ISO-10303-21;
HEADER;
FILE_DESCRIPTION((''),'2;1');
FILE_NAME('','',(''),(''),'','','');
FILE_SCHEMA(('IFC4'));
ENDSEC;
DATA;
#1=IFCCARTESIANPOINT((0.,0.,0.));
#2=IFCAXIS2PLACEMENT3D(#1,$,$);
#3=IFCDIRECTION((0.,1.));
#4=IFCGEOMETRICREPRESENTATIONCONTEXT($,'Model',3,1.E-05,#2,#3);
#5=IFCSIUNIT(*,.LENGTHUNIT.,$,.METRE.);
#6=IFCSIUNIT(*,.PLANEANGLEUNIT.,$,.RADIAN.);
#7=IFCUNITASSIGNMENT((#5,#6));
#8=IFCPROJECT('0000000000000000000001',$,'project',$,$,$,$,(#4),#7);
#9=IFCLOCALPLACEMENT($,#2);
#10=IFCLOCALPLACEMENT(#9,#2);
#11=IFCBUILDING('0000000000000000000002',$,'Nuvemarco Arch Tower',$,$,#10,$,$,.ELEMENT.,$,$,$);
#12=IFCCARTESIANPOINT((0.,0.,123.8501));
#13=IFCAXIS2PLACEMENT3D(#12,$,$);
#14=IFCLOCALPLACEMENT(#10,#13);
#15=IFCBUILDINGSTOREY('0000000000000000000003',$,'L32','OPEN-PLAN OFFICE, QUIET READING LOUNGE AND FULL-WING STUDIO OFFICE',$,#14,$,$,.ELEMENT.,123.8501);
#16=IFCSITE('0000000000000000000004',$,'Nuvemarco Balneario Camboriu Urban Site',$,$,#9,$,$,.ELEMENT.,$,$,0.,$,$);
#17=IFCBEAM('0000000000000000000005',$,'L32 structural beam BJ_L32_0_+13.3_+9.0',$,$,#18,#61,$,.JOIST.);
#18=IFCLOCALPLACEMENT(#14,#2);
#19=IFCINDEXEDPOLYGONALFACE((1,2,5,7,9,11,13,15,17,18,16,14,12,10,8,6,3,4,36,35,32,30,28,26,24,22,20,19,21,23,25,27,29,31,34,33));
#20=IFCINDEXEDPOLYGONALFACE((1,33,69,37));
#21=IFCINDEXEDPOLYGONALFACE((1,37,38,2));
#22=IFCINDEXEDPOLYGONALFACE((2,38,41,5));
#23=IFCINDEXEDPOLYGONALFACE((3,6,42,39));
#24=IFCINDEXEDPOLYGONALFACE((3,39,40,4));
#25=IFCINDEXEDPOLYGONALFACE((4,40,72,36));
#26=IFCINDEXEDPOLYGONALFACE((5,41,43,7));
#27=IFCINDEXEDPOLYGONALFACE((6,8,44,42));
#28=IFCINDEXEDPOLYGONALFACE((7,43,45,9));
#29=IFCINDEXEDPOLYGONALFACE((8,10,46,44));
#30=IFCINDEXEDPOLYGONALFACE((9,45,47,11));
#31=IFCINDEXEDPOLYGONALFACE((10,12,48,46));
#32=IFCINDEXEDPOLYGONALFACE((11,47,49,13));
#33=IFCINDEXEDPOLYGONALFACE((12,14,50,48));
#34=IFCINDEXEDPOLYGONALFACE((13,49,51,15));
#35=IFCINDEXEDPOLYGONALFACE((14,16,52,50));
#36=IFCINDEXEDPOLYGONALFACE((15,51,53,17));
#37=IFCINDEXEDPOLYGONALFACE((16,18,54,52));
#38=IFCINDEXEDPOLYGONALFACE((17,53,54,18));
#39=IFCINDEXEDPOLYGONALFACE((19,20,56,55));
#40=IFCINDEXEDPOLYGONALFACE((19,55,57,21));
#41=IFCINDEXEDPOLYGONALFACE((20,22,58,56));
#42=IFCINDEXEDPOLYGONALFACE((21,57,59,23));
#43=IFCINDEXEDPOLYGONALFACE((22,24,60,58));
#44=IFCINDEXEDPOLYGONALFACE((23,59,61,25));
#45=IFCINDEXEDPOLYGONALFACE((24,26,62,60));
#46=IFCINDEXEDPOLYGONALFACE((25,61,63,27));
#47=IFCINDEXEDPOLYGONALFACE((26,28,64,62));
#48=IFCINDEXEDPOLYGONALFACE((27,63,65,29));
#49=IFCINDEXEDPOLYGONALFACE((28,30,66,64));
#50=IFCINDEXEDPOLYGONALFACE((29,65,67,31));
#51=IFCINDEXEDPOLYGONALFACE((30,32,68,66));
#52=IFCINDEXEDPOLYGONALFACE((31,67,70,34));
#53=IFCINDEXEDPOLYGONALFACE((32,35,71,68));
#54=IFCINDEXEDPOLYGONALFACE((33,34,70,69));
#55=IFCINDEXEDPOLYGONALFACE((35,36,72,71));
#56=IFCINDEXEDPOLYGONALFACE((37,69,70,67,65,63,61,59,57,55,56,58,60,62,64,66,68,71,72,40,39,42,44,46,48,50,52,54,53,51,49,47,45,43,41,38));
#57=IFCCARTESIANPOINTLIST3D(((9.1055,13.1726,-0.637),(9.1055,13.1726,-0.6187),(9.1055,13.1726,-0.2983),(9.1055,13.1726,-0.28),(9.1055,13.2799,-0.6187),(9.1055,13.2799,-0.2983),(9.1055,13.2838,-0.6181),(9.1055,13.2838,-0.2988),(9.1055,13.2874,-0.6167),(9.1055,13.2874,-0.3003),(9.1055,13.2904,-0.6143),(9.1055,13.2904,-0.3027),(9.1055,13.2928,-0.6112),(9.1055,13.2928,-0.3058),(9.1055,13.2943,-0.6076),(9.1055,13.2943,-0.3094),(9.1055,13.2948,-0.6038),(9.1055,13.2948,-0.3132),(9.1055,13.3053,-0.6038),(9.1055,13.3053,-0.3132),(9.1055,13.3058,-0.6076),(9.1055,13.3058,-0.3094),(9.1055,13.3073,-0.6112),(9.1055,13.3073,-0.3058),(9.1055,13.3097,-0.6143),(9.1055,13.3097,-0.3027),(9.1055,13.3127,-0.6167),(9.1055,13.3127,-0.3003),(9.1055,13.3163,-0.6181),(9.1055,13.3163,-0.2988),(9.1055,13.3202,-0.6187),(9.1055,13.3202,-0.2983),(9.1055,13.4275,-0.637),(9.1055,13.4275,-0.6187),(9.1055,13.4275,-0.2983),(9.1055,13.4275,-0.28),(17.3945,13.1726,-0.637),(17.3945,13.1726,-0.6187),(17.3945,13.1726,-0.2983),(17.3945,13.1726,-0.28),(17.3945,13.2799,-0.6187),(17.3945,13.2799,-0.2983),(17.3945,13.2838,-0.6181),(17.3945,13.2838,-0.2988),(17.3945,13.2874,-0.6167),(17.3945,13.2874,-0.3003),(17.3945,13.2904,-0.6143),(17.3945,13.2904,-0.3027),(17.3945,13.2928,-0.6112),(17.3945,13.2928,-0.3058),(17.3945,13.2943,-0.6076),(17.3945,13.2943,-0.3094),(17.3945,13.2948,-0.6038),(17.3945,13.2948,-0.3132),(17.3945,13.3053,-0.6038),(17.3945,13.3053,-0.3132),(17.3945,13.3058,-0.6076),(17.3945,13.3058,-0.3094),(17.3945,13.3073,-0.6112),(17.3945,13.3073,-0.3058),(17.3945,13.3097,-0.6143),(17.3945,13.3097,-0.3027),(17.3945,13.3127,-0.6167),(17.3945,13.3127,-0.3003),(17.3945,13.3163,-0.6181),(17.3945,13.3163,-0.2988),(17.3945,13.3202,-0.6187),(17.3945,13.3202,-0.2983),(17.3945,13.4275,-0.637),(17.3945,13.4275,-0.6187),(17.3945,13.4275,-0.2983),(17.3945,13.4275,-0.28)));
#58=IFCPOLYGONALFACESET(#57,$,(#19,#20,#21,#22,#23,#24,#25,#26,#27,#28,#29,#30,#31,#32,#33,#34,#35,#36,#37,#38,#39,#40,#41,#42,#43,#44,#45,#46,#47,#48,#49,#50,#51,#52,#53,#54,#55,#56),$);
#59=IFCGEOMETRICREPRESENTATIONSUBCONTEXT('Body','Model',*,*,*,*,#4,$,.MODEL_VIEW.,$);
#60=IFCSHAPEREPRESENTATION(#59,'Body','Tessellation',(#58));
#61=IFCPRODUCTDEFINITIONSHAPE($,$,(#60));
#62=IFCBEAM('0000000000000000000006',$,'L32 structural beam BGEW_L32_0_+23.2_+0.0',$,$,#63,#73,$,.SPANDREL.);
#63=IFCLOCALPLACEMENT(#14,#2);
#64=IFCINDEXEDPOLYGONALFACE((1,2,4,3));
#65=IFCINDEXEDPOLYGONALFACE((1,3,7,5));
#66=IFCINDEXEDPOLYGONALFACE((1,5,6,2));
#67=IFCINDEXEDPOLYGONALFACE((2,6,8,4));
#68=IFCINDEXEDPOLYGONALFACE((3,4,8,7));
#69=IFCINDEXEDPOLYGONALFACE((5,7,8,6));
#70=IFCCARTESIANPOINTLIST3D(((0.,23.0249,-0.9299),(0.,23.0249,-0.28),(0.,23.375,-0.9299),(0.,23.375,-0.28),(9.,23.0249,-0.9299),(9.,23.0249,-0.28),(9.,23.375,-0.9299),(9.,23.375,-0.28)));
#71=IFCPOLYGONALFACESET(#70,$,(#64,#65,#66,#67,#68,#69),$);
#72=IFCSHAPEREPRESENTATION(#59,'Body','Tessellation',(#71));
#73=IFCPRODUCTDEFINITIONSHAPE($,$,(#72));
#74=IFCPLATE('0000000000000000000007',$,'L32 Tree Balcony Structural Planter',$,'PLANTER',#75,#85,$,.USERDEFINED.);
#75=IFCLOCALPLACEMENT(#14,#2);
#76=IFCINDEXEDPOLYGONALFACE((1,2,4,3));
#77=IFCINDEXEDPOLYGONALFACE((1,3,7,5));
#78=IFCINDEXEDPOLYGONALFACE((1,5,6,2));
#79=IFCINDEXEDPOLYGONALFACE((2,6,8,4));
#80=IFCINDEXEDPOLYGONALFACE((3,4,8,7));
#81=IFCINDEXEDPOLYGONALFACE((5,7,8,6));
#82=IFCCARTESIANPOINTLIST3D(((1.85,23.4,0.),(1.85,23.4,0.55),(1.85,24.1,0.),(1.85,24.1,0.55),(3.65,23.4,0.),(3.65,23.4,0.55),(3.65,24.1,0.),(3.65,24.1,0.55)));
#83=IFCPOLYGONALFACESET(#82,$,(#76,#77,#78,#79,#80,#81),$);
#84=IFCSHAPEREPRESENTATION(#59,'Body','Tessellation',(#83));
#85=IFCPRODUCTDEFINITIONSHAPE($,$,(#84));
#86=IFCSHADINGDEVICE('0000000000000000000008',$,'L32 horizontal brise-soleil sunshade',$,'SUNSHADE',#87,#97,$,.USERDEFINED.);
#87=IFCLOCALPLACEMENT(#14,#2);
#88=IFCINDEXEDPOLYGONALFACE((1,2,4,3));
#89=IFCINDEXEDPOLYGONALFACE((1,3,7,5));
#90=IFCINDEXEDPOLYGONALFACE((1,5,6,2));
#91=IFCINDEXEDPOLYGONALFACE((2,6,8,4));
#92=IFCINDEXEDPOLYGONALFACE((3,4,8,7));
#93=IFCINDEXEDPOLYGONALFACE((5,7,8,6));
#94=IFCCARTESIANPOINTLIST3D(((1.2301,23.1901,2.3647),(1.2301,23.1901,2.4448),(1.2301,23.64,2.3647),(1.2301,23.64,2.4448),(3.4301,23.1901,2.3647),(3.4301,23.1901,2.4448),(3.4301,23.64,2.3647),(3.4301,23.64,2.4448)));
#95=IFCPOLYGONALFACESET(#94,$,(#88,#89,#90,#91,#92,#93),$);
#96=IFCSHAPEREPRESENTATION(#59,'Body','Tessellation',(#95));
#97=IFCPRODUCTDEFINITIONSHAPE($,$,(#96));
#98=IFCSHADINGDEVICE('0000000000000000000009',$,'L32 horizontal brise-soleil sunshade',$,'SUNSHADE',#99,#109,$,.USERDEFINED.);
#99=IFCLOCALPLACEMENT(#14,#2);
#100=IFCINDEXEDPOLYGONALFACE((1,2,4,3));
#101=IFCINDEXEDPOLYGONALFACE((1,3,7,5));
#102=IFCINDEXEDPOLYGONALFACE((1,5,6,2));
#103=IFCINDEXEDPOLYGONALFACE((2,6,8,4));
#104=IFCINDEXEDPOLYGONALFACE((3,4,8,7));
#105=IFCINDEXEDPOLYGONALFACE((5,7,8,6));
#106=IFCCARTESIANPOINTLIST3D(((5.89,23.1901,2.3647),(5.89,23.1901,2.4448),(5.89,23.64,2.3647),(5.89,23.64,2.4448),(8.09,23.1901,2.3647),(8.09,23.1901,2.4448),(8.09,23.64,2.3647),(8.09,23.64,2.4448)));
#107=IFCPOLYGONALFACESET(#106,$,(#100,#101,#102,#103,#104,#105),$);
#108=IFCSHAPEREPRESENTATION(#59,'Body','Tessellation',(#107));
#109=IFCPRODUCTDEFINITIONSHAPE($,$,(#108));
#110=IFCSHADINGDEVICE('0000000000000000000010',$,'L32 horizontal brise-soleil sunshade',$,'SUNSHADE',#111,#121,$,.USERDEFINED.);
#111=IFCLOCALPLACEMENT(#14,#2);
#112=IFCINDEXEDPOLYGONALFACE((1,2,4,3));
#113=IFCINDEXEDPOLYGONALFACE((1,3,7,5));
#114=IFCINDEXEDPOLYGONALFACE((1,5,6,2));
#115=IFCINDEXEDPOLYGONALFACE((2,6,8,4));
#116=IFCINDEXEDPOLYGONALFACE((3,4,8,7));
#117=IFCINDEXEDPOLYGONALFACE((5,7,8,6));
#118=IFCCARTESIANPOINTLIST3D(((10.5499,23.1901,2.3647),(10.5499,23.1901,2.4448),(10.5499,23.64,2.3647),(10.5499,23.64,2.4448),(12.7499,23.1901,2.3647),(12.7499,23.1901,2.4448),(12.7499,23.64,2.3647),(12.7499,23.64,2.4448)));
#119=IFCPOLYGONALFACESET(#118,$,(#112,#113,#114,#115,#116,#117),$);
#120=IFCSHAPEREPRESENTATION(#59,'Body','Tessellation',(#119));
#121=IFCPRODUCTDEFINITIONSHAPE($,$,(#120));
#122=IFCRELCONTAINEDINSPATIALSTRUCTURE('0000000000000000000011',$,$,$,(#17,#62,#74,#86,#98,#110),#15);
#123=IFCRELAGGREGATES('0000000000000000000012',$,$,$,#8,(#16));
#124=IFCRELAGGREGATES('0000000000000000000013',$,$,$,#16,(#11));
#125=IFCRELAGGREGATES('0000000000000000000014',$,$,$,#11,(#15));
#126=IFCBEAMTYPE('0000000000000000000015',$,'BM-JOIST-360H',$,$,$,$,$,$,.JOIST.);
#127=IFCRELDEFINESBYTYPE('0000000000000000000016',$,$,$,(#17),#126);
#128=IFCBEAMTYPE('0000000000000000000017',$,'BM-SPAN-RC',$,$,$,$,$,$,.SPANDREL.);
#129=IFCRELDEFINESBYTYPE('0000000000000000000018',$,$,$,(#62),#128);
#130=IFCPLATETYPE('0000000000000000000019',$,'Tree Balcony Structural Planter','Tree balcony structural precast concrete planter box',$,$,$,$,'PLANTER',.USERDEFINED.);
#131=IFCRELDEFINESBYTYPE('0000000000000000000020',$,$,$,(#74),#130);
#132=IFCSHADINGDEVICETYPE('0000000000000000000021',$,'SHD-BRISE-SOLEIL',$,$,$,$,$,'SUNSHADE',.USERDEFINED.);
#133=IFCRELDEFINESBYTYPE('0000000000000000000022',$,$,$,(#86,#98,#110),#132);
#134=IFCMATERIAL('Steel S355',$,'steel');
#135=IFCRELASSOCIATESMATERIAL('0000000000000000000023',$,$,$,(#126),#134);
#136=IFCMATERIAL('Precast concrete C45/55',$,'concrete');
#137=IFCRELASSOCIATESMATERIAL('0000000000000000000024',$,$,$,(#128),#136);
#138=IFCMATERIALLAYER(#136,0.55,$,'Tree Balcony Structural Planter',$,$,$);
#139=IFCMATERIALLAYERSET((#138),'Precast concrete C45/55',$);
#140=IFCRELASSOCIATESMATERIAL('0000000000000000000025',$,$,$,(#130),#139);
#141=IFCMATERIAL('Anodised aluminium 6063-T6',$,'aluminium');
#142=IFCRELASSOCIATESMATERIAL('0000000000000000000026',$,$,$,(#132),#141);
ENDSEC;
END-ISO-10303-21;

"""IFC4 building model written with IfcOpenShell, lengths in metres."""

from ifc_helpers import new_model, si_unit, direction, frame, origin, origin_2d, place, context, subcontext, project, spatial, rectangle, i_section, extrude, source, transform, mapped, material, layer, layer_set, material_profile, profile_set, type_object, type_shapes, element, save


model = new_model("IFC4")

# Units and contexts
model_context = context("Model", 3, precision=1e-05, world=origin(), true_north=direction((0.0, 1.0)))
body_context = subcontext(model_context, "Body", "Model", "MODEL_VIEW")
ifc_project = project(units=[si_unit("LENGTHUNIT", "METRE"), si_unit("PLANEANGLEUNIT", "RADIAN")], contexts=[model_context])

# Site, building, storey
site_placement = place(None, origin())
site = spatial("IfcSite", under=ifc_project, at=site_placement, Name="Nuvemarco Balneario Camboriu Urban Site", CompositionType="ELEMENT", RefElevation=0.0)
building_placement = place(site_placement, origin())
building = spatial("IfcBuilding", under=site, at=building_placement, Name="Nuvemarco Arch Tower", CompositionType="ELEMENT")
storey_placement = place(building_placement, frame((0.0, 0.0, 123.8501)))
storey = spatial("IfcBuildingStorey", under=building, at=storey_placement, Name="L32", Description="OPEN-PLAN OFFICE, QUIET READING LOUNGE AND FULL-WING STUDIO OFFICE", CompositionType="ELEMENT", Elevation=123.8501)

# Shared definitions
ifc_material_1 = material(Name="Steel S355", Category="steel")

# Beams
ifc_material_profile_1 = material_profile(ifc_material_1, i_section(OverallWidth=0.2549, OverallDepth=0.3569, WebThickness=0.0105, FlangeThickness=0.0183, FilletRadius=0.0149, at=origin_2d()), Name="W360x101")
ifc_profile_set_1 = profile_set([ifc_material_profile_1], Name="Steel S355")
beam_type_1 = type_object("IfcBeamType", Name="BM-JOIST-360H", PredefinedType="JOIST", material=ifc_profile_set_1)
beam_1_placement = place(storey_placement, frame((9.1055, 13.3, -0.4585), z_axis=(1.0, 0.0, 0.0), x_axis=(0.0, 1.0, 0.0)))
element("IfcBeam", 1, at=beam_1_placement, inside=storey, type_object=beam_type_1, Name="L32 structural beam BJ_L32_0_+13.3_+9.0", PredefinedType="JOIST", context=body_context, shape_type="SweptSolid", body=[
    extrude(i_section(OverallWidth=0.2549, OverallDepth=0.3569, WebThickness=0.0105, FlangeThickness=0.0183, FilletRadius=0.0149, at=origin_2d()), origin(), (0.0, 0.0, 1.0), 8.2891),
])
ifc_material_2 = material(Name="Precast concrete C45/55", Category="concrete")
ifc_material_profile_2 = material_profile(ifc_material_2, rectangle(XDim=0.3501, YDim=0.6499, at=origin_2d()), Name="PC-SP-350x650")
ifc_profile_set_2 = profile_set([ifc_material_profile_2], Name="Precast concrete C45/55")
beam_type_2 = type_object("IfcBeamType", Name="BM-SPAN-RC", PredefinedType="SPANDREL", material=ifc_profile_set_2)
beam_2_placement = place(storey_placement, frame((0.0, 23.2, -0.605), z_axis=(1.0, 0.0, 0.0), x_axis=(0.0, 1.0, 0.0)))
element("IfcBeam", 2, at=beam_2_placement, inside=storey, type_object=beam_type_2, Name="L32 structural beam BGEW_L32_0_+23.2_+0.0", PredefinedType="SPANDREL", context=body_context, shape_type="SweptSolid", body=[
    extrude(rectangle(XDim=0.3501, YDim=0.6499, at=origin_2d()), origin(), (0.0, 0.0, 1.0), 9.0),
])

# Plate
ifc_layer = layer(ifc_material_2, 0.55, Name="Tree Balcony Structural Planter")
ifc_layer_set = layer_set([ifc_layer], Name="Precast concrete C45/55")
plate_type = type_object("IfcPlateType", Name="Tree Balcony Structural Planter", Description="Tree balcony structural precast concrete planter box", ElementType="PLANTER", PredefinedType="USERDEFINED", material=ifc_layer_set)
shared_shape_1 = source(origin(), body_context, "Body", "SweptSolid", [
    extrude(rectangle(XDim=1.8, YDim=0.7, at=origin_2d()), origin(), (0.0, 0.0, 1.0), 0.55),
])
type_shapes(plate_type, [shared_shape_1])
plate_placement = place(storey_placement, frame((2.75, 23.75, 0.0), z_axis=(0.0, 0.0, 1.0), x_axis=(1.0, 0.0, 0.0)))
element("IfcPlate", 3, at=plate_placement, inside=storey, type_object=plate_type, Name="L32 Tree Balcony Structural Planter", ObjectType="PLANTER", PredefinedType="USERDEFINED", context=body_context, shape_type="MappedRepresentation", body=[
    mapped(shared_shape_1, transform((0.0, 0.0, 0.0), scale=1.0)),
])

# Shading devices
ifc_material_3 = material(Name="Anodised aluminium 6063-T6", Category="aluminium")
shading_device_type = type_object("IfcShadingDeviceType", Name="SHD-BRISE-SOLEIL", ElementType="SUNSHADE", PredefinedType="USERDEFINED", material=ifc_material_3)
shared_shape_2 = source(origin(), body_context, "Body", "SweptSolid", [
    extrude(rectangle(XDim=2.2, YDim=0.45, at=origin_2d()), origin(), (0.0, 0.0, 1.0), 0.0801),
])
type_shapes(shading_device_type, [shared_shape_2])
for number, where, z_axis, x_axis, name in (
    (4, (2.3301, 23.415, 2.3647), (0.0, 0.0, 1.0), (1.0, 0.0, 0.0), "L32 horizontal brise-soleil sunshade"),
    (5, (6.99, 23.415, 2.3647), (0.0, 0.0, 1.0), (1.0, 0.0, 0.0), "L32 horizontal brise-soleil sunshade"),
    (6, (11.6499, 23.415, 2.3647), (0.0, 0.0, 1.0), (1.0, 0.0, 0.0), "L32 horizontal brise-soleil sunshade"),
):
    element("IfcShadingDevice", number, at=place(storey_placement, frame(where, z_axis=z_axis, x_axis=x_axis)), inside=storey, type_object=shading_device_type, Name=name, ObjectType="SUNSHADE", PredefinedType="USERDEFINED", context=body_context, shape_type="MappedRepresentation", body=[
        mapped(shared_shape_2, transform((0.0, 0.0, 0.0), scale=1.0)),
    ])

save(model, "model.ifc")
